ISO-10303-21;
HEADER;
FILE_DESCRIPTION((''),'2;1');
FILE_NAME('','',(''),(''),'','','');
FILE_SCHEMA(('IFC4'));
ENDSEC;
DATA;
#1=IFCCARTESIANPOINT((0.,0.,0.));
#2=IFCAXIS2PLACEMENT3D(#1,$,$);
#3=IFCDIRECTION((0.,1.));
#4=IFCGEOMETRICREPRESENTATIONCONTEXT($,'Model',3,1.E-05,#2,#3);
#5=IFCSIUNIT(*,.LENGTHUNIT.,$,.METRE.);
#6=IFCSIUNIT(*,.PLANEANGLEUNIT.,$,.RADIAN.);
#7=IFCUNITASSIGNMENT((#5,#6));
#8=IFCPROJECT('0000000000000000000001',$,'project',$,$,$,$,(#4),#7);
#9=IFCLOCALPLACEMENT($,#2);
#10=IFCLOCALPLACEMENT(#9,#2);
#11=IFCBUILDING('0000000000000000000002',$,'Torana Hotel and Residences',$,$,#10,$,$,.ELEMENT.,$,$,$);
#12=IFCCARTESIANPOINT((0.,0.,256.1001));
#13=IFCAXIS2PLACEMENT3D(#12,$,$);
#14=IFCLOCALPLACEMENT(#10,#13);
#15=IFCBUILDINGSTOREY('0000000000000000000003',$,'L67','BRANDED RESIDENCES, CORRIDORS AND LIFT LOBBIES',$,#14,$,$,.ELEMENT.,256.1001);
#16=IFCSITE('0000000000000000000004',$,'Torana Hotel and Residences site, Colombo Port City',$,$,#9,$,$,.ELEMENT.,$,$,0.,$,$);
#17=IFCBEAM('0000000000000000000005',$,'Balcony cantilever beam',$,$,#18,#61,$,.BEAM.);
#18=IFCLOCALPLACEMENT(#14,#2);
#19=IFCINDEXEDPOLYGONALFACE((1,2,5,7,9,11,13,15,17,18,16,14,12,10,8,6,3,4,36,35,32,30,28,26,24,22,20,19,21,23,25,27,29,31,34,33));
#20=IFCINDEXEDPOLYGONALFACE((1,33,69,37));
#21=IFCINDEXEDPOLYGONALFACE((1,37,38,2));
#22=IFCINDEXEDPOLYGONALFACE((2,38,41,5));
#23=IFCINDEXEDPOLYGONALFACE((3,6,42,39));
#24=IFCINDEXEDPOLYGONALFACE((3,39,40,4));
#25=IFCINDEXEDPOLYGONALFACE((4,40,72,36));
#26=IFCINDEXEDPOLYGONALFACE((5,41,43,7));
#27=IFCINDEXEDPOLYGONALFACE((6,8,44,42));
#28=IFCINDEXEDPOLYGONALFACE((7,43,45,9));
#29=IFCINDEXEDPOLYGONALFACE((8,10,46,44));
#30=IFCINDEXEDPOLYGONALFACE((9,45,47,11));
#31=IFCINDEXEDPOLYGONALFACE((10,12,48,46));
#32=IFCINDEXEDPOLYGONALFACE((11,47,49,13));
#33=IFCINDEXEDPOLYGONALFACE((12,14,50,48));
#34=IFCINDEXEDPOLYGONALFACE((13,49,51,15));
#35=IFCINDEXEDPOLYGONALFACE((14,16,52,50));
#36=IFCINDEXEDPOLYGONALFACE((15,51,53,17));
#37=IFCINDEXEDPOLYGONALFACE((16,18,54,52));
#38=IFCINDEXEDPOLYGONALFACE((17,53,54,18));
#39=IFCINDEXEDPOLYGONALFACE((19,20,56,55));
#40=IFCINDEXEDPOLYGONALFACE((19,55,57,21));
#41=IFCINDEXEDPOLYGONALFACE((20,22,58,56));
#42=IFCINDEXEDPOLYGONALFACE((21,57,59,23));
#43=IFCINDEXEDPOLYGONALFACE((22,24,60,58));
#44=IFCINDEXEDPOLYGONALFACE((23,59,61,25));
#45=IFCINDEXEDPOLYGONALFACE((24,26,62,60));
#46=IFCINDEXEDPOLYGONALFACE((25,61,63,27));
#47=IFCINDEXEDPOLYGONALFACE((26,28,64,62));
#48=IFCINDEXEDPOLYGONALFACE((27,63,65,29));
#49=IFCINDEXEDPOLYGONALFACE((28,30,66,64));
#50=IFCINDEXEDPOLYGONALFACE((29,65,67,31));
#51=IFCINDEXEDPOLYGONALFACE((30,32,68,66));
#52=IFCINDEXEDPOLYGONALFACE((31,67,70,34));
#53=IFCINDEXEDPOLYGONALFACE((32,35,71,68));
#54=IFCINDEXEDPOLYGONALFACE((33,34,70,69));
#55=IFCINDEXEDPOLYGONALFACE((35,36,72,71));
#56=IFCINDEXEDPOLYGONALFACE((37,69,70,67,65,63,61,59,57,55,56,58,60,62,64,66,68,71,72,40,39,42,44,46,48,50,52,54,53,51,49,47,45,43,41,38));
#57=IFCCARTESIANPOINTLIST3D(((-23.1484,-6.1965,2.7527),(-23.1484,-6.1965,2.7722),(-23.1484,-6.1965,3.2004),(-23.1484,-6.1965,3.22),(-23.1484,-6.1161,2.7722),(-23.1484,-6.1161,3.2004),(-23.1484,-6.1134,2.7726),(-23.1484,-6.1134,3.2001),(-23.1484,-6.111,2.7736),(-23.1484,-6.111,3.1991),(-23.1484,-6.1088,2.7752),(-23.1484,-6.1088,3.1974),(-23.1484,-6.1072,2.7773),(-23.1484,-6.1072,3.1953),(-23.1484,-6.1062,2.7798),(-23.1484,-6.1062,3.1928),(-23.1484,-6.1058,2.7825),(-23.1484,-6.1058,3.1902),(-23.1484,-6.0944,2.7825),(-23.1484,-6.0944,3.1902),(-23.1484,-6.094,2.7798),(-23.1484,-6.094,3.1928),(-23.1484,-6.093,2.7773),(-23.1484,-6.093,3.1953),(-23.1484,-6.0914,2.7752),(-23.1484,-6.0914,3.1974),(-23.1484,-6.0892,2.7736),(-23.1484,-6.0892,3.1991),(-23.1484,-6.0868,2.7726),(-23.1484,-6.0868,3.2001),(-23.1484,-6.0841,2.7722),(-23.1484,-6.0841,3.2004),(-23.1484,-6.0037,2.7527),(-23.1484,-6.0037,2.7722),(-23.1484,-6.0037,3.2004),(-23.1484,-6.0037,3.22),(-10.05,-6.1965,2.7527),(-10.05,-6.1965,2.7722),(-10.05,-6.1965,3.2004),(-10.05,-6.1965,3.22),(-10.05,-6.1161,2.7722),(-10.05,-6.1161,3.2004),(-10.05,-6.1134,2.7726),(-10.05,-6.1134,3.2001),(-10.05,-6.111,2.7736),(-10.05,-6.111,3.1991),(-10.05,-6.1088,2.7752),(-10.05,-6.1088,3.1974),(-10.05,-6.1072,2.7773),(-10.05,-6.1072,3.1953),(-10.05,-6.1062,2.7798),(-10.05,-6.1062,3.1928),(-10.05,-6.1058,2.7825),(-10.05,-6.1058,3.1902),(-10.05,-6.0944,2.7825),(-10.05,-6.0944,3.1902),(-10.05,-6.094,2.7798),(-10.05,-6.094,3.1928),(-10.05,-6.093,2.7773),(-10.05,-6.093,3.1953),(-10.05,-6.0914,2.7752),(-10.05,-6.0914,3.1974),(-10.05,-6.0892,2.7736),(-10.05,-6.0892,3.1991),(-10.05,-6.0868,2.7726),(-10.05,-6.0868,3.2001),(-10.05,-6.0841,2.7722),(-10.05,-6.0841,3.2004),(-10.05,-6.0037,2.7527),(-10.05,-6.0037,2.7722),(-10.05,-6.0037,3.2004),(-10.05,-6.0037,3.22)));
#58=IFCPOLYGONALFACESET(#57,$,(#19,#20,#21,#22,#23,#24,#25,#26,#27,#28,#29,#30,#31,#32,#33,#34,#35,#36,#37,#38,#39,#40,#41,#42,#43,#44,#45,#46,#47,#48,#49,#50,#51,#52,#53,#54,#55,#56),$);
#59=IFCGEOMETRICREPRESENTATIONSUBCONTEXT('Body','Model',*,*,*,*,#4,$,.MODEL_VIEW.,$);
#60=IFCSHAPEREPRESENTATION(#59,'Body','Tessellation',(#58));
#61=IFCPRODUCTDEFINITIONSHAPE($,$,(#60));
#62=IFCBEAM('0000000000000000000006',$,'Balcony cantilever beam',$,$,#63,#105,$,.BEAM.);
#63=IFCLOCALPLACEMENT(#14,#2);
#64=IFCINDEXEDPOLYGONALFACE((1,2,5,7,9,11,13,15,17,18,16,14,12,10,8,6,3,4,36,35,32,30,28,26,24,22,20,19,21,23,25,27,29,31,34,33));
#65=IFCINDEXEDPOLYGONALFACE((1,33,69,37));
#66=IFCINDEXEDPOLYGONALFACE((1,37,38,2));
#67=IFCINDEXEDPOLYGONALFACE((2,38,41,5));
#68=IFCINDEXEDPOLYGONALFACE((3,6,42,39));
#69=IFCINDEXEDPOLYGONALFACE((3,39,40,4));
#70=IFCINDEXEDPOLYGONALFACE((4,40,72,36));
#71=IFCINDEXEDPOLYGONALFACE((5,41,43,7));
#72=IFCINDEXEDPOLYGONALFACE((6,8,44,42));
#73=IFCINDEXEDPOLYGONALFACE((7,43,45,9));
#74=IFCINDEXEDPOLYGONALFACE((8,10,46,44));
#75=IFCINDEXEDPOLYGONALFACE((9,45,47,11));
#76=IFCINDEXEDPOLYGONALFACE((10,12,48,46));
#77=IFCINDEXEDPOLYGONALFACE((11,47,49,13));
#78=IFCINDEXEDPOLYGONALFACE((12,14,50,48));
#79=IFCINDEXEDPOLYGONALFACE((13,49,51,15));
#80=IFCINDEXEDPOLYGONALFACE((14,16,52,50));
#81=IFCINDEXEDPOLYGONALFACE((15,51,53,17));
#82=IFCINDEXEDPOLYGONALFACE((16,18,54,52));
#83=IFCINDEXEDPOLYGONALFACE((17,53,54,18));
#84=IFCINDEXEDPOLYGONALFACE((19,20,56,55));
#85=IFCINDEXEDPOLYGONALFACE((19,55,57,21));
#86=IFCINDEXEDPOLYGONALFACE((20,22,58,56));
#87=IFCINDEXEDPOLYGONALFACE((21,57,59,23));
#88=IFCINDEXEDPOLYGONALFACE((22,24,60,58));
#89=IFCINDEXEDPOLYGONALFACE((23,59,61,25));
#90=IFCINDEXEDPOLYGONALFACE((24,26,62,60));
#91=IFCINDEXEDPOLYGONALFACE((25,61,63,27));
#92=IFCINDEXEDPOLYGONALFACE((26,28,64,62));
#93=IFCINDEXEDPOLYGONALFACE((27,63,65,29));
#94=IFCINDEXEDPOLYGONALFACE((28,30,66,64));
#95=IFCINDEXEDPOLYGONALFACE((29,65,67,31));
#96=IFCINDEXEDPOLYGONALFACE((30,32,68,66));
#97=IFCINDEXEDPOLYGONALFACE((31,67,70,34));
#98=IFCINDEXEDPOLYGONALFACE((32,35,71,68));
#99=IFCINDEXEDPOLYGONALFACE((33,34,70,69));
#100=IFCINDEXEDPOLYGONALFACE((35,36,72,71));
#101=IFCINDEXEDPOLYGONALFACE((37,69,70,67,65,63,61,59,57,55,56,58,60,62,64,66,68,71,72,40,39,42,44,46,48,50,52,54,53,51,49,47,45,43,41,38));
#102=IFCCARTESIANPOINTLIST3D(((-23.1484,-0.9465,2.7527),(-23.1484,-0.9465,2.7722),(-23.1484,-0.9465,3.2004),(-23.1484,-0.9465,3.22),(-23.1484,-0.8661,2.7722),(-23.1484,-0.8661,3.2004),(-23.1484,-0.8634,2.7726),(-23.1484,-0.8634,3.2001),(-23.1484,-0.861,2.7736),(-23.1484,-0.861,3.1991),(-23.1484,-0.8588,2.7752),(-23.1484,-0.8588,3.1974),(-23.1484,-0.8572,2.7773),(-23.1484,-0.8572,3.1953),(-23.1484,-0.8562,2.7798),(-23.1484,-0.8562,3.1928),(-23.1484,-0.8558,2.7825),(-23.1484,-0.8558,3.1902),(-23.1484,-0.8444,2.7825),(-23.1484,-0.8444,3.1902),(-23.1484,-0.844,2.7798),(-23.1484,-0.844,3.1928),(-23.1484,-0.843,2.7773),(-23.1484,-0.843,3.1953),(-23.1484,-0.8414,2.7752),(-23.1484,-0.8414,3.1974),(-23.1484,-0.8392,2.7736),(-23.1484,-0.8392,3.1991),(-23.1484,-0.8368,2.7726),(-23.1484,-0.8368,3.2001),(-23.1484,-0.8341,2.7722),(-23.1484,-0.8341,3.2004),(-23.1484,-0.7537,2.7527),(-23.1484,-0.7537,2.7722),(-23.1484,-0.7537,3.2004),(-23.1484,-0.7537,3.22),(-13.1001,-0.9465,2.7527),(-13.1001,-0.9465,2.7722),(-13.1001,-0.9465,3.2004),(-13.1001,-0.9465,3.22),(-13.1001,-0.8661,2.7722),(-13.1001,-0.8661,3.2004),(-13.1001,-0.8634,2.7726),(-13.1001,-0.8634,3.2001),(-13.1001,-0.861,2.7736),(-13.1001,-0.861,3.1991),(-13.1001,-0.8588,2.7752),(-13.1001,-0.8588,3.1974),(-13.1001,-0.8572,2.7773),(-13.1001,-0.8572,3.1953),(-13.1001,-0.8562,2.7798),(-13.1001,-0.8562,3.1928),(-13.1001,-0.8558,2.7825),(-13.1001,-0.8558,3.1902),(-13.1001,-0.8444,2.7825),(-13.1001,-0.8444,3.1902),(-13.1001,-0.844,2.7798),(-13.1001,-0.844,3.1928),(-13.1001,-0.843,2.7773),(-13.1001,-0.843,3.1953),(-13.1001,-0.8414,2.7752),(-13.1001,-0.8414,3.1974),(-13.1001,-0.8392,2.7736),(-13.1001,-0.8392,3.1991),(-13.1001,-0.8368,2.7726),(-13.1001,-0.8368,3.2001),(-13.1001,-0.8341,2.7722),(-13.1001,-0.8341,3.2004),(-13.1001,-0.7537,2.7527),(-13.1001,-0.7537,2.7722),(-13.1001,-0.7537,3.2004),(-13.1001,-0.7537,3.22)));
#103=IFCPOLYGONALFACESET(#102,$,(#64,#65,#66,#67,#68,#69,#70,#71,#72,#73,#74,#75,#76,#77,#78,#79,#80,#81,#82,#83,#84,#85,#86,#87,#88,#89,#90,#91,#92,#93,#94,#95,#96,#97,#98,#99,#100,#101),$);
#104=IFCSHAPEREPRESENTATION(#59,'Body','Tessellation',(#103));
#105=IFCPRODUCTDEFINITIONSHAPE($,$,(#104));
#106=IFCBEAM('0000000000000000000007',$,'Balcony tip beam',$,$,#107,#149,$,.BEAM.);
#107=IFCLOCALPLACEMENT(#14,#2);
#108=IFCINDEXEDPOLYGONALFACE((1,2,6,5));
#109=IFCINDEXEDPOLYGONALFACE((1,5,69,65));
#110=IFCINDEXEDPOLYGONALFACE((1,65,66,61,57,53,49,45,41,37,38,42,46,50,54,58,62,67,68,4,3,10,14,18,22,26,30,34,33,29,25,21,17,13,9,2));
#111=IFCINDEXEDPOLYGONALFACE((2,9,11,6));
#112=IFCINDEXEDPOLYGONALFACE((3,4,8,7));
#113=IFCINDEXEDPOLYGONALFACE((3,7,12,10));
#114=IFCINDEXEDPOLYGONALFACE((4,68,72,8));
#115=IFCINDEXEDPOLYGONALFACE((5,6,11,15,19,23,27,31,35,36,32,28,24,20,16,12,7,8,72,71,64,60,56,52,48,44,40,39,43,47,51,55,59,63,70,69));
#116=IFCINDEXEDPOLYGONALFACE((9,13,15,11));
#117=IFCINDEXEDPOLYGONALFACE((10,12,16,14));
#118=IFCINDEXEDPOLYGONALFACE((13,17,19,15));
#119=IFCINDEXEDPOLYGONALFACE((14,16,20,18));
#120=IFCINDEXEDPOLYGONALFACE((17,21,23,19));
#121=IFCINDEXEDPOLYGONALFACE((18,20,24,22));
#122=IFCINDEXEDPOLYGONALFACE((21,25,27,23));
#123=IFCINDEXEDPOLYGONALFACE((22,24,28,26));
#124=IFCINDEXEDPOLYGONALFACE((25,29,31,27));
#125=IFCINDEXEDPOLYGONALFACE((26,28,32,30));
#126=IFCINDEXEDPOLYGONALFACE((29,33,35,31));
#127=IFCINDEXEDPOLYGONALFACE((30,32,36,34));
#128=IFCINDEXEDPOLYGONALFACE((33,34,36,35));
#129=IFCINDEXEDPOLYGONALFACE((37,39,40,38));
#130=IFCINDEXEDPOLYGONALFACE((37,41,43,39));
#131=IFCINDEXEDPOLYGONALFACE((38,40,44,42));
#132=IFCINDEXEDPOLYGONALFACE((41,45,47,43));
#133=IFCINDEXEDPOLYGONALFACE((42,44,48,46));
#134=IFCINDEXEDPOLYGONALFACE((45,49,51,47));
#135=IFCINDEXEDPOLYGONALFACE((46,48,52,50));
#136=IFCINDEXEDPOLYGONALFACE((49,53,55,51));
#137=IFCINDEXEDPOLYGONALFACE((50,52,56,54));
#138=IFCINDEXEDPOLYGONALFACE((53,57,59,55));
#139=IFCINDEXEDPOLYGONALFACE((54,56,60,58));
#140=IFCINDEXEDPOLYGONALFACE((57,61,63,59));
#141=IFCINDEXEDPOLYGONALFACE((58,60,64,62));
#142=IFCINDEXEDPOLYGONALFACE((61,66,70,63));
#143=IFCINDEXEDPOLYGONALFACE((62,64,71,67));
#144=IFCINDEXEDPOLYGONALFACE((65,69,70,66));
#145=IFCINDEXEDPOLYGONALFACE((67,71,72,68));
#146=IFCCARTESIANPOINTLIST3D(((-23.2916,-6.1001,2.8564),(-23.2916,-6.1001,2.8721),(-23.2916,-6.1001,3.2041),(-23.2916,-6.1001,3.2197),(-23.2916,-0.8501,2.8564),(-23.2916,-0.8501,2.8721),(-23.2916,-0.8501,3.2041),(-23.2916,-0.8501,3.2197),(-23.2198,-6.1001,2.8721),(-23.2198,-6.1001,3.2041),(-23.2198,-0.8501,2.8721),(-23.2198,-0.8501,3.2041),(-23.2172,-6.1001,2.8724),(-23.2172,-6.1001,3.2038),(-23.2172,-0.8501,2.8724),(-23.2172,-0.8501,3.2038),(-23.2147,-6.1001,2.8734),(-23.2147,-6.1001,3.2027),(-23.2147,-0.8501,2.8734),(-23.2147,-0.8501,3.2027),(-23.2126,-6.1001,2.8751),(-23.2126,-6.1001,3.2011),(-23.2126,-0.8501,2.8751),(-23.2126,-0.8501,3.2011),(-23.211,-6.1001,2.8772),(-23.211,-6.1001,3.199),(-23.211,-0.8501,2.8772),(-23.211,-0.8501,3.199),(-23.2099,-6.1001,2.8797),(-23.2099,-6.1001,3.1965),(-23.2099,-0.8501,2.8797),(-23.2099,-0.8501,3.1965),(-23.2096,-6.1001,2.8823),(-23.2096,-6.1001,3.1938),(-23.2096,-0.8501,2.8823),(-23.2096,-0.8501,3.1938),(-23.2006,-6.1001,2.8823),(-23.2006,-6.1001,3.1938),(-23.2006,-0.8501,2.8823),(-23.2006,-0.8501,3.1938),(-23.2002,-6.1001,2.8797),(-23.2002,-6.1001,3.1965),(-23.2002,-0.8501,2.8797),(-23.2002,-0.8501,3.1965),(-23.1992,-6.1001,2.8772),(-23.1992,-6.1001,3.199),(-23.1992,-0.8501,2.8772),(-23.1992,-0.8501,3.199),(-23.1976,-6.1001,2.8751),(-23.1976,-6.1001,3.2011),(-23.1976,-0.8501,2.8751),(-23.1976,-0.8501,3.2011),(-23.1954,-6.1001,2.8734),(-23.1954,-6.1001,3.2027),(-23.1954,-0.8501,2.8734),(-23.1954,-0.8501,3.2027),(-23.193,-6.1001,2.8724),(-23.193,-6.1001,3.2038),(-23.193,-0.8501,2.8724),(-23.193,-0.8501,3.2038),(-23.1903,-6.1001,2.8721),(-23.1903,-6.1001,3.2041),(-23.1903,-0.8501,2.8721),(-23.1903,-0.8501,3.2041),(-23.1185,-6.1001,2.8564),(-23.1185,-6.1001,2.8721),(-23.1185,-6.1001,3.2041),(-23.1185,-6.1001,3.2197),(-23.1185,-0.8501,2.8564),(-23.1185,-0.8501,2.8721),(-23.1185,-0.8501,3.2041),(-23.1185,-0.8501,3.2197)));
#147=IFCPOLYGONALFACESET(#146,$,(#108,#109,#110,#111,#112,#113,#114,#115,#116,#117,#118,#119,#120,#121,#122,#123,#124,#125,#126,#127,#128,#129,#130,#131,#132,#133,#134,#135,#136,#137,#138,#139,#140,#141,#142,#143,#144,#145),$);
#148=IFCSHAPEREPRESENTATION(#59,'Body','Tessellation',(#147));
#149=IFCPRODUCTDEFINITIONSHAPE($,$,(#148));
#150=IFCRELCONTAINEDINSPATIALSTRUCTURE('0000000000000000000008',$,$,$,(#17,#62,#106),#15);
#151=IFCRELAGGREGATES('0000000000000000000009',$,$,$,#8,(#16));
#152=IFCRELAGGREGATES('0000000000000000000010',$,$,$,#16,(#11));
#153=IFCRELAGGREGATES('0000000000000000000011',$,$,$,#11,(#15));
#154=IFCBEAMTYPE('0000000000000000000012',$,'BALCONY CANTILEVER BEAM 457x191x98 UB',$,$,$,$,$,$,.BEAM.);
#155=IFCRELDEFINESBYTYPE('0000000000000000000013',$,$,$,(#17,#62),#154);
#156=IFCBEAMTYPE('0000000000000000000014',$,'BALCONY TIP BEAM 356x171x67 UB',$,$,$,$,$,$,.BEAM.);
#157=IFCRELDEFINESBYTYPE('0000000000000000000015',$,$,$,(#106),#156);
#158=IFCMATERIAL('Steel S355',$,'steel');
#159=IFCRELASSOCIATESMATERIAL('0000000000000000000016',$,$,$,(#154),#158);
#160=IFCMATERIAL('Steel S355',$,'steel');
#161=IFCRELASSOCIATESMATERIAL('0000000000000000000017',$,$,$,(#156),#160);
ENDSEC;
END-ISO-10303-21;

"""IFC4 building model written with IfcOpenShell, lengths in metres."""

from ifc_helpers import new_model, si_unit, direction, frame, origin, origin_2d, place, context, subcontext, project, spatial, i_section, extrude, material, material_profile, profile_set, type_object, element, save


model = new_model("IFC4")

# Units and contexts
model_context = context("Model", 3, precision=1e-05, world=origin(), true_north=direction((0.0, 1.0)))
body_context = subcontext(model_context, "Body", "Model", "MODEL_VIEW")
ifc_project = project(units=[si_unit("LENGTHUNIT", "METRE"), si_unit("PLANEANGLEUNIT", "RADIAN")], contexts=[model_context])

# Site, building, storey
site_placement = place(None, origin())
site = spatial("IfcSite", under=ifc_project, at=site_placement, Name="Torana Hotel and Residences site, Colombo Port City", CompositionType="ELEMENT", RefElevation=0.0)
building_placement = place(site_placement, origin())
building = spatial("IfcBuilding", under=site, at=building_placement, Name="Torana Hotel and Residences", CompositionType="ELEMENT")
storey_placement = place(building_placement, frame((0.0, 0.0, 256.1001)))
storey = spatial("IfcBuildingStorey", under=building, at=storey_placement, Name="L67", Description="BRANDED RESIDENCES, CORRIDORS AND LIFT LOBBIES", CompositionType="ELEMENT", Elevation=256.1001)

# Beams
ifc_material_1 = material(Name="Steel S355", Category="steel")
ifc_material_profile_1 = material_profile(ifc_material_1, i_section(OverallWidth=0.1929, OverallDepth=0.4673, WebThickness=0.0115, FlangeThickness=0.0195, FilletRadius=0.0103, at=origin_2d()), Name="457x191x98 UB")
ifc_profile_set_1 = profile_set([ifc_material_profile_1], Name="Steel S355")
beam_type_1 = type_object("IfcBeamType", Name="BALCONY CANTILEVER BEAM 457x191x98 UB", PredefinedType="BEAM", material=ifc_profile_set_1)
beam_1_placement = place(storey_placement, frame((-23.1484, -6.1001, 2.9863), z_axis=(1.0, 0.0, 0.0), x_axis=(0.0, 1.0, 0.0)))
element("IfcBeam", 1, at=beam_1_placement, inside=storey, type_object=beam_type_1, Name="Balcony cantilever beam", PredefinedType="BEAM", context=body_context, shape_type="SweptSolid", body=[
    extrude(i_section(OverallWidth=0.1929, OverallDepth=0.4673, WebThickness=0.0115, FlangeThickness=0.0195, FilletRadius=0.0103, at=origin_2d()), origin(), (0.0, 0.0, 1.0), 13.0984),
])
beam_2_placement = place(storey_placement, frame((-23.1484, -0.8501, 2.9863), z_axis=(1.0, 0.0, 0.0), x_axis=(0.0, 1.0, 0.0)))
element("IfcBeam", 2, at=beam_2_placement, inside=storey, type_object=beam_type_1, Name="Balcony cantilever beam", PredefinedType="BEAM", context=body_context, shape_type="SweptSolid", body=[
    extrude(i_section(OverallWidth=0.1929, OverallDepth=0.4673, WebThickness=0.0115, FlangeThickness=0.0195, FilletRadius=0.0103, at=origin_2d()), origin(), (0.0, 0.0, 1.0), 10.0483),
])
ifc_material_2 = material(Name="Steel S355", Category="steel")
ifc_material_profile_2 = material_profile(ifc_material_2, i_section(OverallWidth=0.1731, OverallDepth=0.3633, WebThickness=0.009, FlangeThickness=0.0156, FilletRadius=0.0103, at=origin_2d()), Name="356x171x67 UB")
ifc_profile_set_2 = profile_set([ifc_material_profile_2], Name="Steel S355")
beam_type_2 = type_object("IfcBeamType", Name="BALCONY TIP BEAM 356x171x67 UB", PredefinedType="BEAM", material=ifc_profile_set_2)
beam_3_placement = place(storey_placement, frame((-23.2051, -6.1001, 3.0381), z_axis=(0.0, 1.0, 0.0), x_axis=(-1.0, 0.0, 0.0)))
element("IfcBeam", 3, at=beam_3_placement, inside=storey, type_object=beam_type_2, Name="Balcony tip beam", PredefinedType="BEAM", context=body_context, shape_type="SweptSolid", body=[
    extrude(i_section(OverallWidth=0.1731, OverallDepth=0.3633, WebThickness=0.009, FlangeThickness=0.0156, FilletRadius=0.0103, at=origin_2d()), origin(), (0.0, 0.0, 1.0), 5.25),
])

save(model, "model.ifc")
